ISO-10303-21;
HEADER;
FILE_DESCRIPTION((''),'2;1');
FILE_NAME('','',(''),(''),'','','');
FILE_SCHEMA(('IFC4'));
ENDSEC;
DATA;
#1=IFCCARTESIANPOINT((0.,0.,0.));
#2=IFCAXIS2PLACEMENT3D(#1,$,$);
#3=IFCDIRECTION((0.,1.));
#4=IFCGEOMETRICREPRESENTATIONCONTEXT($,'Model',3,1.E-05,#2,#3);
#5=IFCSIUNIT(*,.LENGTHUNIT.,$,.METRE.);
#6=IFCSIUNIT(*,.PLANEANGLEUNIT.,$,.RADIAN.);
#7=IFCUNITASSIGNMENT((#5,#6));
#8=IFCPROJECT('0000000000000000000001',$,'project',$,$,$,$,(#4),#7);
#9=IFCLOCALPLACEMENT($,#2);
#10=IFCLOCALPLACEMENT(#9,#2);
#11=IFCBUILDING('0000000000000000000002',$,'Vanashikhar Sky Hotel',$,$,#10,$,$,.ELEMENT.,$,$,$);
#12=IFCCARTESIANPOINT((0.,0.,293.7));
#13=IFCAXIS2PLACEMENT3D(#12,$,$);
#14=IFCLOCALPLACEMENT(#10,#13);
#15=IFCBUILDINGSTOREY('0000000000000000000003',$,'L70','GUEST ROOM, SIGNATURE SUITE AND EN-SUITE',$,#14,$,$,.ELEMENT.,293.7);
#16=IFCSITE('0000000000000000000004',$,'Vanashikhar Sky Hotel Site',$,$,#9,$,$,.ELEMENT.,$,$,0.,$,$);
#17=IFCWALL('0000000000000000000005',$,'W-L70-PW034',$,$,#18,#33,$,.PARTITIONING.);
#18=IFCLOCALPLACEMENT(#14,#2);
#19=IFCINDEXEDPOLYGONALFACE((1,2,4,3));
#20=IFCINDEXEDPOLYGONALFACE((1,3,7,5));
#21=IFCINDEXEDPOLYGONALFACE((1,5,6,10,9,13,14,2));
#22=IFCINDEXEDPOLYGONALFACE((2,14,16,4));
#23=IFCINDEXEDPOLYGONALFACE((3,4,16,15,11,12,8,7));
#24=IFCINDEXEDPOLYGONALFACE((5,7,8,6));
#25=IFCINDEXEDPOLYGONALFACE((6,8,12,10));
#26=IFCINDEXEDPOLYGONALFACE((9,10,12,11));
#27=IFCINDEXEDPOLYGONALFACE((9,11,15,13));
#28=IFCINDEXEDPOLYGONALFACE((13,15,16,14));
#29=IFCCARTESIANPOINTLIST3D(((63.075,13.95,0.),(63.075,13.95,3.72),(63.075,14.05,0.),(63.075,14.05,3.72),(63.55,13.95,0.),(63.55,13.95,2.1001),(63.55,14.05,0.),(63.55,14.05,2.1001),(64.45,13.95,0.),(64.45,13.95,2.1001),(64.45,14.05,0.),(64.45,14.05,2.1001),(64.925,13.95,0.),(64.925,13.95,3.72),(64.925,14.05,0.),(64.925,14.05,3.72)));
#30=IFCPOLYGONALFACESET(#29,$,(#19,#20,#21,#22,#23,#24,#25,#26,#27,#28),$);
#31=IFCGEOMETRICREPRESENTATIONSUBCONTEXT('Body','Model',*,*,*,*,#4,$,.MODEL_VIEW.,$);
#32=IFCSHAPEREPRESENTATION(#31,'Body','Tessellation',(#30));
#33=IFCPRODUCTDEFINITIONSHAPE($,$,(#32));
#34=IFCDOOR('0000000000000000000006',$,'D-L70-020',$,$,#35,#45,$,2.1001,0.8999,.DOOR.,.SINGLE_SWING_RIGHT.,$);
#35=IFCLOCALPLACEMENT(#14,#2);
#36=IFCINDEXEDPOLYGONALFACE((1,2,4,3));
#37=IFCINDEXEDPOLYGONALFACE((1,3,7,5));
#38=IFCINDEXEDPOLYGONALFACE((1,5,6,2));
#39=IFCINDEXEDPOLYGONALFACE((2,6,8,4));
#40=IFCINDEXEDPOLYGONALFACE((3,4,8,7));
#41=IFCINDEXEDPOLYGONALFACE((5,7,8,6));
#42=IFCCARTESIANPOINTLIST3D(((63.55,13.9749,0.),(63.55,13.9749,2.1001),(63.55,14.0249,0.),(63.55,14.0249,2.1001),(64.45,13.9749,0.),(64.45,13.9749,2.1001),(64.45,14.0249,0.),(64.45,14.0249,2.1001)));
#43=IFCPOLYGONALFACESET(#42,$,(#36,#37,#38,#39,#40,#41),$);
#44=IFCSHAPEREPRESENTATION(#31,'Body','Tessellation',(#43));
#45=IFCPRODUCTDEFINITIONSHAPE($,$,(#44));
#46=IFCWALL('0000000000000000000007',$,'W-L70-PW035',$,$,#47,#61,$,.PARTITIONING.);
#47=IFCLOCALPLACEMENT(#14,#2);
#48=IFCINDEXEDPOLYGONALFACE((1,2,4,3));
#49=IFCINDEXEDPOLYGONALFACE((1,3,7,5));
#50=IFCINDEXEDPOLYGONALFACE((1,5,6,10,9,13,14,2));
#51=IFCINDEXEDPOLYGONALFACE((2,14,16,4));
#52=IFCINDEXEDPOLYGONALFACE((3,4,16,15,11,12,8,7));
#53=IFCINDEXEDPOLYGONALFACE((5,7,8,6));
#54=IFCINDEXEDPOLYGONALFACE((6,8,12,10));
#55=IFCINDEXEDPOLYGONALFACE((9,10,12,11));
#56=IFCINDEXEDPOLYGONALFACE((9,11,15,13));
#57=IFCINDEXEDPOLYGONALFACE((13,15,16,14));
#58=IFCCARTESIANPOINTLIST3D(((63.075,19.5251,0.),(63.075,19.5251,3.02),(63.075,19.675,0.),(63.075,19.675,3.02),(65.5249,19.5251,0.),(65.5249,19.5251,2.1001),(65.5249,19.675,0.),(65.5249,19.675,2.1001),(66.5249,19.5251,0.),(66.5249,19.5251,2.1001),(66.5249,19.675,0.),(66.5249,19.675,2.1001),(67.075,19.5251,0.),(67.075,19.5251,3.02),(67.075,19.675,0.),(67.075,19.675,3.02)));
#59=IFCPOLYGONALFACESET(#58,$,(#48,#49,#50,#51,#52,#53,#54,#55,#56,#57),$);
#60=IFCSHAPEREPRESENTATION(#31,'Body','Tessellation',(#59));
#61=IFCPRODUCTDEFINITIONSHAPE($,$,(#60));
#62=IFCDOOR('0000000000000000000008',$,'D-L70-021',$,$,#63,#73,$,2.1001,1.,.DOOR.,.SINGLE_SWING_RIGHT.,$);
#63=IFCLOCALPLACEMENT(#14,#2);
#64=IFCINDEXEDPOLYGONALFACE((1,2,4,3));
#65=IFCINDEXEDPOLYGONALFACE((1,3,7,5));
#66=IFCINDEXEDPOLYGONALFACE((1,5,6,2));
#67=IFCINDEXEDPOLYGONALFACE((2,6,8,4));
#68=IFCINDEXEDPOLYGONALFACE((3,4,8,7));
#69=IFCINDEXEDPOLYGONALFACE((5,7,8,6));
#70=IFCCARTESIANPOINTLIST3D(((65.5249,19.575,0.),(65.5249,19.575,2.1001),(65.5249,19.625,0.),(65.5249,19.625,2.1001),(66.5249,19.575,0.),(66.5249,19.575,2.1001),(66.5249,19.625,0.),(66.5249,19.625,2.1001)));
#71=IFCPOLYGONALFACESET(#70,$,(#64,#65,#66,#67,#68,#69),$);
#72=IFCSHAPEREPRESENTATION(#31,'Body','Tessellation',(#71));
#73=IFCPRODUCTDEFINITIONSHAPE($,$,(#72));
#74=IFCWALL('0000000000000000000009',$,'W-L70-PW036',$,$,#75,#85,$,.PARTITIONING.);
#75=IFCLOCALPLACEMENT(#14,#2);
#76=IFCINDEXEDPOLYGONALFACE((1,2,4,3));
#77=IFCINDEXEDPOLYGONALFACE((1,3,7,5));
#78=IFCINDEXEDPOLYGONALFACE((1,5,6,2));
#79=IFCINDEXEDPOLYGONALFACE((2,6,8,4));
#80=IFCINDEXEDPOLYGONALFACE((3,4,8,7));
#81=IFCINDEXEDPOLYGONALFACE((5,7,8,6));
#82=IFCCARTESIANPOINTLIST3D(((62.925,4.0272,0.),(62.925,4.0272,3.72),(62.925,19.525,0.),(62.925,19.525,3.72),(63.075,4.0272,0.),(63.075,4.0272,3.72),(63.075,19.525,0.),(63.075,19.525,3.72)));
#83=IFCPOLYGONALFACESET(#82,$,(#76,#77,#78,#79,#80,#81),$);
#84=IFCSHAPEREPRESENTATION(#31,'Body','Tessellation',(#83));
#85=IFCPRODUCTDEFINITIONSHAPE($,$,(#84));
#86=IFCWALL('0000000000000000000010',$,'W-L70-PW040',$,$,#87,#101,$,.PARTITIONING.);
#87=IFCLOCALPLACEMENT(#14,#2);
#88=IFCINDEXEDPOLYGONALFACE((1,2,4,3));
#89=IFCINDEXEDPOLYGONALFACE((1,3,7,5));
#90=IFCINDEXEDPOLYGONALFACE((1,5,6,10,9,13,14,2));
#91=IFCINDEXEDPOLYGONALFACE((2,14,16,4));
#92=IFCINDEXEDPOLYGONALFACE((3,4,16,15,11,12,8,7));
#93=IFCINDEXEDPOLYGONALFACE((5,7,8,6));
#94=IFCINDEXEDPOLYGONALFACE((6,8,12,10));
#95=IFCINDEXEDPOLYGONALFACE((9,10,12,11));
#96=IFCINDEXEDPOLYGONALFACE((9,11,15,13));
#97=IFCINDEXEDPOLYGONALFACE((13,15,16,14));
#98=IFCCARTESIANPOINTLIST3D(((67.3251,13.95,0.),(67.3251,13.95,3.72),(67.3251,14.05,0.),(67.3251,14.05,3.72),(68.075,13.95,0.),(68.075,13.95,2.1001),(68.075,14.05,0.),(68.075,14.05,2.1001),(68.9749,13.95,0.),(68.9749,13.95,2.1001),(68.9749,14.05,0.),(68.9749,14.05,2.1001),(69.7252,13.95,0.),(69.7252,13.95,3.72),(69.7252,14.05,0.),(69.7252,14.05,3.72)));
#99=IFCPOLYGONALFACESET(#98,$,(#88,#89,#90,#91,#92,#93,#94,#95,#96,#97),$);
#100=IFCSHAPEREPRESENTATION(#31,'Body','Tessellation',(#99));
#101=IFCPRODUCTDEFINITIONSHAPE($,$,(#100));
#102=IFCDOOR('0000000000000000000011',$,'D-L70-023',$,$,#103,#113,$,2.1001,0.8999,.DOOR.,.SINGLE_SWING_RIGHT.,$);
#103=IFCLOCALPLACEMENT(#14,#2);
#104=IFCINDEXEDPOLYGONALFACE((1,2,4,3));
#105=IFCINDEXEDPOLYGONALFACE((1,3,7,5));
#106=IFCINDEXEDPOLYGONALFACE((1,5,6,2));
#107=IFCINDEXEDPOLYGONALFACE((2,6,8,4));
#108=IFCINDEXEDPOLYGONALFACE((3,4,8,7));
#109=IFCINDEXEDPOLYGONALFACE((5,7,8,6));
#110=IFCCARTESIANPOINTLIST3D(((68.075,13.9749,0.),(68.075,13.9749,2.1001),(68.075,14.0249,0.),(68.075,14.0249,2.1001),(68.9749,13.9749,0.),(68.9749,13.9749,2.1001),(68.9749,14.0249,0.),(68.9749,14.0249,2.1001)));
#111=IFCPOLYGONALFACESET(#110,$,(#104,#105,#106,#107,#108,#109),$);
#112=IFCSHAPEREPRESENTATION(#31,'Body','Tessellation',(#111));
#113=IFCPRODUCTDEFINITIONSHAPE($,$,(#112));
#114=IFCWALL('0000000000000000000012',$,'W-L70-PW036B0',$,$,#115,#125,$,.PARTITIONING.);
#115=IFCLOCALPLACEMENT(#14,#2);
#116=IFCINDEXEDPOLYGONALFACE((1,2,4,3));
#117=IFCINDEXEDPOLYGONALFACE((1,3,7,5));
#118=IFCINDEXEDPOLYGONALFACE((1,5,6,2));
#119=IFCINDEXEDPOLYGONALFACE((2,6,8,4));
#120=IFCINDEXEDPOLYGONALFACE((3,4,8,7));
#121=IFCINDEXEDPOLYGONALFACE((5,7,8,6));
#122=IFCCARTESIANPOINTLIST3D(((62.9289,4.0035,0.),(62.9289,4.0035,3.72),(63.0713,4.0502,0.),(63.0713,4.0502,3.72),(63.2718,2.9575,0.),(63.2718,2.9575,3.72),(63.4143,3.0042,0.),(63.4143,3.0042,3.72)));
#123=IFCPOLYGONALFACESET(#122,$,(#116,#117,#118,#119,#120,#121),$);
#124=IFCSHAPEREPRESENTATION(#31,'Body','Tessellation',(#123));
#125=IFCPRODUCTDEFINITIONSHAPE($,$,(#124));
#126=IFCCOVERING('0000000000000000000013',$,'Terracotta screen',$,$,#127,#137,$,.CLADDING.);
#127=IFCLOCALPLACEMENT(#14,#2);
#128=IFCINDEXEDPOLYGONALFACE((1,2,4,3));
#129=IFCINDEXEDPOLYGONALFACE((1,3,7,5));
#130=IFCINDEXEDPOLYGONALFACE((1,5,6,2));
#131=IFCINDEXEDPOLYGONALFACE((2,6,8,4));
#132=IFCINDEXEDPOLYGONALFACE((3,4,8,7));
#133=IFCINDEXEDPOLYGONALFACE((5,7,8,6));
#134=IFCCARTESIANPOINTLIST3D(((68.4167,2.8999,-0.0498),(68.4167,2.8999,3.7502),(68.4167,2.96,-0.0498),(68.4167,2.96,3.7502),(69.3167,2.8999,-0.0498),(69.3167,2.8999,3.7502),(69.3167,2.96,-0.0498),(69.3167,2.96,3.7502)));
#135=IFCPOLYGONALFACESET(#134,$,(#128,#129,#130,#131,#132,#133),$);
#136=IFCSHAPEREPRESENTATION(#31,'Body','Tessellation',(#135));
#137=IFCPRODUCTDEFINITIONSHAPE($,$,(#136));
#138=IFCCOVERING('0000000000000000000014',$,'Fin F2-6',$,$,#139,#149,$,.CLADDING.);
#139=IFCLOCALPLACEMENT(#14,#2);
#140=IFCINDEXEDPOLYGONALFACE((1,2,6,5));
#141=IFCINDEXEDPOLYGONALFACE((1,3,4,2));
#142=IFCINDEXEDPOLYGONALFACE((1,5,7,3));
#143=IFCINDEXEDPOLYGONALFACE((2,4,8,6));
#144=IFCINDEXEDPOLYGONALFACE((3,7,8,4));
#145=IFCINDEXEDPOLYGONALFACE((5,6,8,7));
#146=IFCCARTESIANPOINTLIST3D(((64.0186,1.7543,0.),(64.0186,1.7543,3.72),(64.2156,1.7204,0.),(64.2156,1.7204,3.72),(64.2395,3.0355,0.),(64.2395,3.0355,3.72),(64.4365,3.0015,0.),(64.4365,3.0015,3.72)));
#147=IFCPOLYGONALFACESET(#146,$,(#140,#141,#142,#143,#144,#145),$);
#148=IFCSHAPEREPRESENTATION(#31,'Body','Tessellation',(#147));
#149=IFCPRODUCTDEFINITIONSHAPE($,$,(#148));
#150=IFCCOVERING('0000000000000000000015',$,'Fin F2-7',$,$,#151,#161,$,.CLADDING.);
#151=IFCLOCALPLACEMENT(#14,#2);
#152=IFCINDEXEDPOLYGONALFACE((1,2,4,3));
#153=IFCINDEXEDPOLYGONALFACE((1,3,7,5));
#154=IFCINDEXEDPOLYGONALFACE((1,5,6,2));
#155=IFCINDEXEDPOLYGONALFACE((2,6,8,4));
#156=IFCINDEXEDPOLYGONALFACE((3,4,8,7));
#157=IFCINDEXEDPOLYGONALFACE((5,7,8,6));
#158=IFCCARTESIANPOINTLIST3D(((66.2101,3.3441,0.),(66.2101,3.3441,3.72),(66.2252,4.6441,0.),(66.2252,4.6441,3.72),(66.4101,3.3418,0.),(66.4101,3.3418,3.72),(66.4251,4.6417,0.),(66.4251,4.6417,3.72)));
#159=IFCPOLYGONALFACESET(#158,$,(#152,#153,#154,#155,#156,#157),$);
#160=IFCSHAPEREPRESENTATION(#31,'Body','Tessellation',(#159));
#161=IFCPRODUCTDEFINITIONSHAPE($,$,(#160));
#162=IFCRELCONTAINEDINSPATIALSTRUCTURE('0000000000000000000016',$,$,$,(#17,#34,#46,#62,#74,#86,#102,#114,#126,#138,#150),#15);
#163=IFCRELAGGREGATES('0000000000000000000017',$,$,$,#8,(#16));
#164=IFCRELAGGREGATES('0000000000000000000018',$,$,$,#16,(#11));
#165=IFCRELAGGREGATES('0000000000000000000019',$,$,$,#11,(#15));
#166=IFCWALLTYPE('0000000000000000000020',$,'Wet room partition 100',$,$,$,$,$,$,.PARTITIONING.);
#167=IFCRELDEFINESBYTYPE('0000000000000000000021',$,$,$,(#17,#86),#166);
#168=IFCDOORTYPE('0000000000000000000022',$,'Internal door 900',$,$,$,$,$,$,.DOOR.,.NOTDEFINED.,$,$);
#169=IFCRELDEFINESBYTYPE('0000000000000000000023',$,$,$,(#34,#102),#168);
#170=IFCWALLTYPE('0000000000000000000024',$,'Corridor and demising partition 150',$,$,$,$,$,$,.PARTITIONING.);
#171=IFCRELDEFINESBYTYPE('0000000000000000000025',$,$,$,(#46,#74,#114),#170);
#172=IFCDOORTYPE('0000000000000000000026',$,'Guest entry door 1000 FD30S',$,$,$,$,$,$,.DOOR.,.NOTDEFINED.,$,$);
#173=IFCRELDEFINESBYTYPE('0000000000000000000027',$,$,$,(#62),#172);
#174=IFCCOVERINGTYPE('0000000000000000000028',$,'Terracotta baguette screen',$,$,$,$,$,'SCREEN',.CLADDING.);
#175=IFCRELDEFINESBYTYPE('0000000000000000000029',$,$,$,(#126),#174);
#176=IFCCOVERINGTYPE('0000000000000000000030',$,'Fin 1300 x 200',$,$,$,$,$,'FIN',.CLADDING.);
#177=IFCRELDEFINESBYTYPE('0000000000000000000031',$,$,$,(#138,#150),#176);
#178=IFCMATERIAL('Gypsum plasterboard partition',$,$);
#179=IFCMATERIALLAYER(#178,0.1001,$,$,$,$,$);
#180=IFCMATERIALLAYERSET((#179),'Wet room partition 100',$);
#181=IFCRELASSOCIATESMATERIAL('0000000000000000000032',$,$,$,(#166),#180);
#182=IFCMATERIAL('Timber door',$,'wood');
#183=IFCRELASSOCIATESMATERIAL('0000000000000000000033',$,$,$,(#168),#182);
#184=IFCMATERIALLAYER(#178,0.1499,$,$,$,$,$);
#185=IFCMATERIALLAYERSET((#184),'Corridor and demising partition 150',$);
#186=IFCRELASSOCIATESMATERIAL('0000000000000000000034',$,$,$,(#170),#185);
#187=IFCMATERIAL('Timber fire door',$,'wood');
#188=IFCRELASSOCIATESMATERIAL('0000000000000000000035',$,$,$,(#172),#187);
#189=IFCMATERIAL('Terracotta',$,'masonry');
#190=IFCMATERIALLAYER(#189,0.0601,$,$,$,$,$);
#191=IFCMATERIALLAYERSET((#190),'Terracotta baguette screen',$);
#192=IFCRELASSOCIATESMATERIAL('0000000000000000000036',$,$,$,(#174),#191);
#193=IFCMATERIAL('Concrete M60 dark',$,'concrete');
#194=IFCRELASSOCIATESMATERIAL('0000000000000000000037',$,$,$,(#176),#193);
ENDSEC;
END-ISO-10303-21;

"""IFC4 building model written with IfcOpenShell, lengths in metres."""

from ifc_helpers import new_model, si_unit, direction, frame, frame_2d, origin, origin_2d, place, context, subcontext, project, spatial, rectangle, extrude, source, transform, mapped, material, layer, layer_set, material_profile, profile_set, type_object, element, fill, save


model = new_model("IFC4")

# Units and contexts
model_context = context("Model", 3, precision=1e-05, world=origin(), true_north=direction((0.0, 1.0)))
body_context = subcontext(model_context, "Body", "Model", "MODEL_VIEW")
ifc_project = project(units=[si_unit("LENGTHUNIT", "METRE"), si_unit("PLANEANGLEUNIT", "RADIAN")], contexts=[model_context])

# Site, building, storey
site_placement = place(None, origin())
site = spatial("IfcSite", under=ifc_project, at=site_placement, Name="Vanashikhar Sky Hotel Site", CompositionType="ELEMENT", RefElevation=0.0)
building_placement = place(site_placement, origin())
building = spatial("IfcBuilding", under=site, at=building_placement, Name="Vanashikhar Sky Hotel", CompositionType="ELEMENT")
storey_placement = place(building_placement, frame((0.0, 0.0, 293.7)))
storey = spatial("IfcBuildingStorey", under=building, at=storey_placement, Name="L70", Description="GUEST ROOM, SIGNATURE SUITE AND EN-SUITE", CompositionType="ELEMENT", Elevation=293.7)

# Shared definitions
ifc_material_1 = material(Name="Gypsum plasterboard partition")
ifc_layer_1 = layer(ifc_material_1, 0.1001)
ifc_layer_set_1 = layer_set([ifc_layer_1], Name="Wet room partition 100")
wall_type_1 = type_object("IfcWallType", Name="Wet room partition 100", PredefinedType="PARTITIONING", material=ifc_layer_set_1)
shared_shape_1 = source(origin(), body_context, "Body", "SweptSolid", [
    extrude(rectangle(XDim=0.8999, YDim=2.1001, at=frame_2d((0.45, 1.05))), frame((0.0, 0.0601, 0.0), z_axis=(0.0, -1.0, 0.0), x_axis=(1.0, 0.0, 0.0)), (0.0, 0.0, 1.0), 0.1201),
])
ifc_material_2 = material(Name="Timber door", Category="wood")
door_type_1 = type_object("IfcDoorType", Name="Internal door 900", OperationType="NOTDEFINED", PredefinedType="DOOR", material=ifc_material_2)
shared_shape_2 = source(origin(), body_context, "Body", "SweptSolid", [
    extrude(rectangle(XDim=0.8999, YDim=2.1001, at=frame_2d((0.45, 1.05))), frame((0.0, 0.0249, 0.0), z_axis=(0.0, -1.0, 0.0), x_axis=(1.0, 0.0, 0.0)), (0.0, 0.0, 1.0), 0.05),
])

# Walls, openings, doors
shared_shape_3 = source(origin(), body_context, "Body", "SweptSolid", [
    extrude(rectangle(XDim=1.8501, YDim=0.1001, at=frame_2d((0.925, 0.0))), origin(), (0.0, 0.0, 1.0), 3.72),
])
wall_1_placement = place(storey_placement, frame((63.075, 14.0, 0.0), z_axis=(0.0, 0.0, 1.0), x_axis=(1.0, 0.0, 0.0)))
wall_1 = element("IfcWall", 1, at=wall_1_placement, inside=storey, type_object=wall_type_1, Name="W-L70-PW034", PredefinedType="PARTITIONING", context=body_context, shape_type="MappedRepresentation", body=[
    mapped(shared_shape_3, transform((0.0, 0.0, 0.0), scale=1.0)),
])
opening_1_placement = place(wall_1_placement, frame((0.4751, 0.0, 0.0)))
opening_1 = element("IfcOpeningElement", 2, at=opening_1_placement, cuts=wall_1, PredefinedType="OPENING", context=body_context, shape_type="MappedRepresentation", body=[
    mapped(shared_shape_1, transform((0.0, 0.0, 0.0), scale=1.0)),
])
door_1_placement = place(opening_1_placement, origin())
door_1 = element("IfcDoor", 3, at=door_1_placement, inside=storey, type_object=door_type_1, Name="D-L70-020", OperationType="SINGLE_SWING_RIGHT", OverallHeight=2.1001, OverallWidth=0.8999, PredefinedType="DOOR", context=body_context, shape_type="MappedRepresentation", body=[
    mapped(shared_shape_2, transform((0.0, 0.0, 0.0), scale=1.0)),
])
fill(opening_1, door_1)
ifc_layer_2 = layer(ifc_material_1, 0.1499)
ifc_layer_set_2 = layer_set([ifc_layer_2], Name="Corridor and demising partition 150")
wall_type_2 = type_object("IfcWallType", Name="Corridor and demising partition 150", PredefinedType="PARTITIONING", material=ifc_layer_set_2)
shared_shape_4 = source(origin(), body_context, "Body", "SweptSolid", [
    extrude(rectangle(XDim=4.0, YDim=0.1499, at=frame_2d((2.0, 0.0))), origin(), (0.0, 0.0, 1.0), 3.02),
])
wall_2_placement = place(storey_placement, frame((63.075, 19.6001, 0.0), z_axis=(0.0, 0.0, 1.0), x_axis=(1.0, 0.0, 0.0)))
wall_2 = element("IfcWall", 4, at=wall_2_placement, inside=storey, type_object=wall_type_2, Name="W-L70-PW035", PredefinedType="PARTITIONING", context=body_context, shape_type="MappedRepresentation", body=[
    mapped(shared_shape_4, transform((0.0, 0.0, 0.0), scale=1.0)),
])
shared_shape_5 = source(origin(), body_context, "Body", "SweptSolid", [
    extrude(rectangle(XDim=1.0, YDim=2.1001, at=frame_2d((0.5, 1.05))), frame((0.0, 0.085, 0.0), z_axis=(0.0, -1.0, 0.0), x_axis=(1.0, 0.0, 0.0)), (0.0, 0.0, 1.0), 0.1699),
])
opening_2_placement = place(wall_2_placement, frame((2.45, 0.0, 0.0)))
opening_2 = element("IfcOpeningElement", 5, at=opening_2_placement, cuts=wall_2, PredefinedType="OPENING", context=body_context, shape_type="MappedRepresentation", body=[
    mapped(shared_shape_5, transform((0.0, 0.0, 0.0), scale=1.0)),
])
ifc_material_3 = material(Name="Timber fire door", Category="wood")
door_type_2 = type_object("IfcDoorType", Name="Guest entry door 1000 FD30S", OperationType="NOTDEFINED", PredefinedType="DOOR", material=ifc_material_3)
shared_shape_6 = source(origin(), body_context, "Body", "SweptSolid", [
    extrude(rectangle(XDim=1.0, YDim=2.1001, at=frame_2d((0.5, 1.05))), frame((0.0, 0.0249, 0.0), z_axis=(0.0, -1.0, 0.0), x_axis=(1.0, 0.0, 0.0)), (0.0, 0.0, 1.0), 0.05),
])
door_2_placement = place(opening_2_placement, origin())
door_2 = element("IfcDoor", 6, at=door_2_placement, inside=storey, type_object=door_type_2, Name="D-L70-021", OperationType="SINGLE_SWING_RIGHT", OverallHeight=2.1001, OverallWidth=1.0, PredefinedType="DOOR", context=body_context, shape_type="MappedRepresentation", body=[
    mapped(shared_shape_6, transform((0.0, 0.0, 0.0), scale=1.0)),
])
fill(opening_2, door_2)

# Wall
shared_shape_7 = source(origin(), body_context, "Body", "SweptSolid", [
    extrude(rectangle(XDim=15.4978, YDim=0.1499, at=frame_2d((7.749, 0.0))), origin(), (0.0, 0.0, 1.0), 3.72),
])
wall_3_placement = place(storey_placement, frame((63.0, 4.0271, 0.0), z_axis=(0.0, 0.0, 1.0), x_axis=(0.0, 1.0, 0.0)))
element("IfcWall", 7, at=wall_3_placement, inside=storey, type_object=wall_type_2, Name="W-L70-PW036", PredefinedType="PARTITIONING", context=body_context, shape_type="MappedRepresentation", body=[
    mapped(shared_shape_7, transform((0.0, 0.0, 0.0), scale=1.0)),
])

# Wall, opening, door
shared_shape_8 = source(origin(), body_context, "Body", "SweptSolid", [
    extrude(rectangle(XDim=2.4001, YDim=0.1001, at=frame_2d((1.2002, 0.0))), origin(), (0.0, 0.0, 1.0), 3.72),
])
wall_4_placement = place(storey_placement, frame((67.325, 14.0, 0.0), z_axis=(0.0, 0.0, 1.0), x_axis=(1.0, 0.0, 0.0)))
wall_4 = element("IfcWall", 8, at=wall_4_placement, inside=storey, type_object=wall_type_1, Name="W-L70-PW040", PredefinedType="PARTITIONING", context=body_context, shape_type="MappedRepresentation", body=[
    mapped(shared_shape_8, transform((0.0, 0.0, 0.0), scale=1.0)),
])
opening_3_placement = place(wall_4_placement, frame((0.75, 0.0, 0.0)))
opening_3 = element("IfcOpeningElement", 9, at=opening_3_placement, cuts=wall_4, PredefinedType="OPENING", context=body_context, shape_type="MappedRepresentation", body=[
    mapped(shared_shape_1, transform((0.0, 0.0, 0.0), scale=1.0)),
])
door_3_placement = place(opening_3_placement, origin())
door_3 = element("IfcDoor", 10, at=door_3_placement, inside=storey, type_object=door_type_1, Name="D-L70-023", OperationType="SINGLE_SWING_RIGHT", OverallHeight=2.1001, OverallWidth=0.8999, PredefinedType="DOOR", context=body_context, shape_type="MappedRepresentation", body=[
    mapped(shared_shape_2, transform((0.0, 0.0, 0.0), scale=1.0)),
])
fill(opening_3, door_3)

# Wall
shared_shape_9 = source(origin(), body_context, "Body", "SweptSolid", [
    extrude(rectangle(XDim=1.1008, YDim=0.1499, at=frame_2d((0.5503, 0.0))), origin(), (0.0, 0.0, 1.0), 3.72),
])
wall_5_placement = place(storey_placement, frame((63.343, 2.981, 0.0), z_axis=(0.0, 0.0, 1.0), x_axis=(-0.311567, 0.950224, 0.0)))
element("IfcWall", 11, at=wall_5_placement, inside=storey, type_object=wall_type_2, Name="W-L70-PW036B0", PredefinedType="PARTITIONING", context=body_context, shape_type="MappedRepresentation", body=[
    mapped(shared_shape_9, transform((0.0, 0.0, 0.0), scale=1.0)),
])

# Coverings
ifc_material_4 = material(Name="Terracotta", Category="masonry")
ifc_layer_3 = layer(ifc_material_4, 0.0601)
ifc_layer_set_3 = layer_set([ifc_layer_3], Name="Terracotta baguette screen")
covering_type_1 = type_object("IfcCoveringType", Name="Terracotta baguette screen", ElementType="SCREEN", PredefinedType="CLADDING", material=ifc_layer_set_3)
shared_shape_10 = source(origin(), body_context, "Body", "SweptSolid", [
    extrude(rectangle(XDim=0.8999, YDim=0.0601, at=origin_2d()), origin(), (0.0, 0.0, 1.0), 3.8),
])
covering_placement = place(storey_placement, frame((68.8667, 2.9299, -0.0498), z_axis=(0.0, 0.0, 1.0), x_axis=(1.0, 0.0, 0.0)))
element("IfcCovering", 12, at=covering_placement, inside=storey, type_object=covering_type_1, Name="Terracotta screen", PredefinedType="CLADDING", context=body_context, shape_type="MappedRepresentation", body=[
    mapped(shared_shape_10, transform((0.0, 0.0, 0.0), scale=1.0)),
])
ifc_material_5 = material(Name="Concrete M60 dark", Category="concrete")
ifc_material_profile_1 = material_profile(ifc_material_5, rectangle(XDim=1.3, YDim=0.2, at=origin_2d()))
ifc_profile_set_1 = profile_set([ifc_material_profile_1], Name="Fin 1300 x 200")
covering_type_2 = type_object("IfcCoveringType", Name="Fin 1300 x 200", ElementType="FIN", PredefinedType="CLADDING", material=ifc_profile_set_1)
shared_shape_11 = source(origin(), body_context, "Body", "SweptSolid", [
    extrude(rectangle(XDim=1.3, YDim=0.2, at=origin_2d()), origin(), (0.0, 0.0, 1.0), 3.72),
])
for number, where, z_axis, x_axis, name in (
    (13, (64.2275, 2.3779, 0.0), (0.0, 0.0, 1.0), (-0.1699, -0.985461, 0.0), "Fin F2-6"),
    (14, (66.3176, 3.9929, 0.0), (0.0, 0.0, 1.0), (-0.011589, -0.999933, 0.0), "Fin F2-7"),
):
    element("IfcCovering", number, at=place(storey_placement, frame(where, z_axis=z_axis, x_axis=x_axis)), inside=storey, type_object=covering_type_2, Name=name, PredefinedType="CLADDING", context=body_context, shape_type="MappedRepresentation", body=[
        mapped(shared_shape_11, transform((0.0, 0.0, 0.0), scale=1.0)),
    ])

save(model, "model.ifc")
